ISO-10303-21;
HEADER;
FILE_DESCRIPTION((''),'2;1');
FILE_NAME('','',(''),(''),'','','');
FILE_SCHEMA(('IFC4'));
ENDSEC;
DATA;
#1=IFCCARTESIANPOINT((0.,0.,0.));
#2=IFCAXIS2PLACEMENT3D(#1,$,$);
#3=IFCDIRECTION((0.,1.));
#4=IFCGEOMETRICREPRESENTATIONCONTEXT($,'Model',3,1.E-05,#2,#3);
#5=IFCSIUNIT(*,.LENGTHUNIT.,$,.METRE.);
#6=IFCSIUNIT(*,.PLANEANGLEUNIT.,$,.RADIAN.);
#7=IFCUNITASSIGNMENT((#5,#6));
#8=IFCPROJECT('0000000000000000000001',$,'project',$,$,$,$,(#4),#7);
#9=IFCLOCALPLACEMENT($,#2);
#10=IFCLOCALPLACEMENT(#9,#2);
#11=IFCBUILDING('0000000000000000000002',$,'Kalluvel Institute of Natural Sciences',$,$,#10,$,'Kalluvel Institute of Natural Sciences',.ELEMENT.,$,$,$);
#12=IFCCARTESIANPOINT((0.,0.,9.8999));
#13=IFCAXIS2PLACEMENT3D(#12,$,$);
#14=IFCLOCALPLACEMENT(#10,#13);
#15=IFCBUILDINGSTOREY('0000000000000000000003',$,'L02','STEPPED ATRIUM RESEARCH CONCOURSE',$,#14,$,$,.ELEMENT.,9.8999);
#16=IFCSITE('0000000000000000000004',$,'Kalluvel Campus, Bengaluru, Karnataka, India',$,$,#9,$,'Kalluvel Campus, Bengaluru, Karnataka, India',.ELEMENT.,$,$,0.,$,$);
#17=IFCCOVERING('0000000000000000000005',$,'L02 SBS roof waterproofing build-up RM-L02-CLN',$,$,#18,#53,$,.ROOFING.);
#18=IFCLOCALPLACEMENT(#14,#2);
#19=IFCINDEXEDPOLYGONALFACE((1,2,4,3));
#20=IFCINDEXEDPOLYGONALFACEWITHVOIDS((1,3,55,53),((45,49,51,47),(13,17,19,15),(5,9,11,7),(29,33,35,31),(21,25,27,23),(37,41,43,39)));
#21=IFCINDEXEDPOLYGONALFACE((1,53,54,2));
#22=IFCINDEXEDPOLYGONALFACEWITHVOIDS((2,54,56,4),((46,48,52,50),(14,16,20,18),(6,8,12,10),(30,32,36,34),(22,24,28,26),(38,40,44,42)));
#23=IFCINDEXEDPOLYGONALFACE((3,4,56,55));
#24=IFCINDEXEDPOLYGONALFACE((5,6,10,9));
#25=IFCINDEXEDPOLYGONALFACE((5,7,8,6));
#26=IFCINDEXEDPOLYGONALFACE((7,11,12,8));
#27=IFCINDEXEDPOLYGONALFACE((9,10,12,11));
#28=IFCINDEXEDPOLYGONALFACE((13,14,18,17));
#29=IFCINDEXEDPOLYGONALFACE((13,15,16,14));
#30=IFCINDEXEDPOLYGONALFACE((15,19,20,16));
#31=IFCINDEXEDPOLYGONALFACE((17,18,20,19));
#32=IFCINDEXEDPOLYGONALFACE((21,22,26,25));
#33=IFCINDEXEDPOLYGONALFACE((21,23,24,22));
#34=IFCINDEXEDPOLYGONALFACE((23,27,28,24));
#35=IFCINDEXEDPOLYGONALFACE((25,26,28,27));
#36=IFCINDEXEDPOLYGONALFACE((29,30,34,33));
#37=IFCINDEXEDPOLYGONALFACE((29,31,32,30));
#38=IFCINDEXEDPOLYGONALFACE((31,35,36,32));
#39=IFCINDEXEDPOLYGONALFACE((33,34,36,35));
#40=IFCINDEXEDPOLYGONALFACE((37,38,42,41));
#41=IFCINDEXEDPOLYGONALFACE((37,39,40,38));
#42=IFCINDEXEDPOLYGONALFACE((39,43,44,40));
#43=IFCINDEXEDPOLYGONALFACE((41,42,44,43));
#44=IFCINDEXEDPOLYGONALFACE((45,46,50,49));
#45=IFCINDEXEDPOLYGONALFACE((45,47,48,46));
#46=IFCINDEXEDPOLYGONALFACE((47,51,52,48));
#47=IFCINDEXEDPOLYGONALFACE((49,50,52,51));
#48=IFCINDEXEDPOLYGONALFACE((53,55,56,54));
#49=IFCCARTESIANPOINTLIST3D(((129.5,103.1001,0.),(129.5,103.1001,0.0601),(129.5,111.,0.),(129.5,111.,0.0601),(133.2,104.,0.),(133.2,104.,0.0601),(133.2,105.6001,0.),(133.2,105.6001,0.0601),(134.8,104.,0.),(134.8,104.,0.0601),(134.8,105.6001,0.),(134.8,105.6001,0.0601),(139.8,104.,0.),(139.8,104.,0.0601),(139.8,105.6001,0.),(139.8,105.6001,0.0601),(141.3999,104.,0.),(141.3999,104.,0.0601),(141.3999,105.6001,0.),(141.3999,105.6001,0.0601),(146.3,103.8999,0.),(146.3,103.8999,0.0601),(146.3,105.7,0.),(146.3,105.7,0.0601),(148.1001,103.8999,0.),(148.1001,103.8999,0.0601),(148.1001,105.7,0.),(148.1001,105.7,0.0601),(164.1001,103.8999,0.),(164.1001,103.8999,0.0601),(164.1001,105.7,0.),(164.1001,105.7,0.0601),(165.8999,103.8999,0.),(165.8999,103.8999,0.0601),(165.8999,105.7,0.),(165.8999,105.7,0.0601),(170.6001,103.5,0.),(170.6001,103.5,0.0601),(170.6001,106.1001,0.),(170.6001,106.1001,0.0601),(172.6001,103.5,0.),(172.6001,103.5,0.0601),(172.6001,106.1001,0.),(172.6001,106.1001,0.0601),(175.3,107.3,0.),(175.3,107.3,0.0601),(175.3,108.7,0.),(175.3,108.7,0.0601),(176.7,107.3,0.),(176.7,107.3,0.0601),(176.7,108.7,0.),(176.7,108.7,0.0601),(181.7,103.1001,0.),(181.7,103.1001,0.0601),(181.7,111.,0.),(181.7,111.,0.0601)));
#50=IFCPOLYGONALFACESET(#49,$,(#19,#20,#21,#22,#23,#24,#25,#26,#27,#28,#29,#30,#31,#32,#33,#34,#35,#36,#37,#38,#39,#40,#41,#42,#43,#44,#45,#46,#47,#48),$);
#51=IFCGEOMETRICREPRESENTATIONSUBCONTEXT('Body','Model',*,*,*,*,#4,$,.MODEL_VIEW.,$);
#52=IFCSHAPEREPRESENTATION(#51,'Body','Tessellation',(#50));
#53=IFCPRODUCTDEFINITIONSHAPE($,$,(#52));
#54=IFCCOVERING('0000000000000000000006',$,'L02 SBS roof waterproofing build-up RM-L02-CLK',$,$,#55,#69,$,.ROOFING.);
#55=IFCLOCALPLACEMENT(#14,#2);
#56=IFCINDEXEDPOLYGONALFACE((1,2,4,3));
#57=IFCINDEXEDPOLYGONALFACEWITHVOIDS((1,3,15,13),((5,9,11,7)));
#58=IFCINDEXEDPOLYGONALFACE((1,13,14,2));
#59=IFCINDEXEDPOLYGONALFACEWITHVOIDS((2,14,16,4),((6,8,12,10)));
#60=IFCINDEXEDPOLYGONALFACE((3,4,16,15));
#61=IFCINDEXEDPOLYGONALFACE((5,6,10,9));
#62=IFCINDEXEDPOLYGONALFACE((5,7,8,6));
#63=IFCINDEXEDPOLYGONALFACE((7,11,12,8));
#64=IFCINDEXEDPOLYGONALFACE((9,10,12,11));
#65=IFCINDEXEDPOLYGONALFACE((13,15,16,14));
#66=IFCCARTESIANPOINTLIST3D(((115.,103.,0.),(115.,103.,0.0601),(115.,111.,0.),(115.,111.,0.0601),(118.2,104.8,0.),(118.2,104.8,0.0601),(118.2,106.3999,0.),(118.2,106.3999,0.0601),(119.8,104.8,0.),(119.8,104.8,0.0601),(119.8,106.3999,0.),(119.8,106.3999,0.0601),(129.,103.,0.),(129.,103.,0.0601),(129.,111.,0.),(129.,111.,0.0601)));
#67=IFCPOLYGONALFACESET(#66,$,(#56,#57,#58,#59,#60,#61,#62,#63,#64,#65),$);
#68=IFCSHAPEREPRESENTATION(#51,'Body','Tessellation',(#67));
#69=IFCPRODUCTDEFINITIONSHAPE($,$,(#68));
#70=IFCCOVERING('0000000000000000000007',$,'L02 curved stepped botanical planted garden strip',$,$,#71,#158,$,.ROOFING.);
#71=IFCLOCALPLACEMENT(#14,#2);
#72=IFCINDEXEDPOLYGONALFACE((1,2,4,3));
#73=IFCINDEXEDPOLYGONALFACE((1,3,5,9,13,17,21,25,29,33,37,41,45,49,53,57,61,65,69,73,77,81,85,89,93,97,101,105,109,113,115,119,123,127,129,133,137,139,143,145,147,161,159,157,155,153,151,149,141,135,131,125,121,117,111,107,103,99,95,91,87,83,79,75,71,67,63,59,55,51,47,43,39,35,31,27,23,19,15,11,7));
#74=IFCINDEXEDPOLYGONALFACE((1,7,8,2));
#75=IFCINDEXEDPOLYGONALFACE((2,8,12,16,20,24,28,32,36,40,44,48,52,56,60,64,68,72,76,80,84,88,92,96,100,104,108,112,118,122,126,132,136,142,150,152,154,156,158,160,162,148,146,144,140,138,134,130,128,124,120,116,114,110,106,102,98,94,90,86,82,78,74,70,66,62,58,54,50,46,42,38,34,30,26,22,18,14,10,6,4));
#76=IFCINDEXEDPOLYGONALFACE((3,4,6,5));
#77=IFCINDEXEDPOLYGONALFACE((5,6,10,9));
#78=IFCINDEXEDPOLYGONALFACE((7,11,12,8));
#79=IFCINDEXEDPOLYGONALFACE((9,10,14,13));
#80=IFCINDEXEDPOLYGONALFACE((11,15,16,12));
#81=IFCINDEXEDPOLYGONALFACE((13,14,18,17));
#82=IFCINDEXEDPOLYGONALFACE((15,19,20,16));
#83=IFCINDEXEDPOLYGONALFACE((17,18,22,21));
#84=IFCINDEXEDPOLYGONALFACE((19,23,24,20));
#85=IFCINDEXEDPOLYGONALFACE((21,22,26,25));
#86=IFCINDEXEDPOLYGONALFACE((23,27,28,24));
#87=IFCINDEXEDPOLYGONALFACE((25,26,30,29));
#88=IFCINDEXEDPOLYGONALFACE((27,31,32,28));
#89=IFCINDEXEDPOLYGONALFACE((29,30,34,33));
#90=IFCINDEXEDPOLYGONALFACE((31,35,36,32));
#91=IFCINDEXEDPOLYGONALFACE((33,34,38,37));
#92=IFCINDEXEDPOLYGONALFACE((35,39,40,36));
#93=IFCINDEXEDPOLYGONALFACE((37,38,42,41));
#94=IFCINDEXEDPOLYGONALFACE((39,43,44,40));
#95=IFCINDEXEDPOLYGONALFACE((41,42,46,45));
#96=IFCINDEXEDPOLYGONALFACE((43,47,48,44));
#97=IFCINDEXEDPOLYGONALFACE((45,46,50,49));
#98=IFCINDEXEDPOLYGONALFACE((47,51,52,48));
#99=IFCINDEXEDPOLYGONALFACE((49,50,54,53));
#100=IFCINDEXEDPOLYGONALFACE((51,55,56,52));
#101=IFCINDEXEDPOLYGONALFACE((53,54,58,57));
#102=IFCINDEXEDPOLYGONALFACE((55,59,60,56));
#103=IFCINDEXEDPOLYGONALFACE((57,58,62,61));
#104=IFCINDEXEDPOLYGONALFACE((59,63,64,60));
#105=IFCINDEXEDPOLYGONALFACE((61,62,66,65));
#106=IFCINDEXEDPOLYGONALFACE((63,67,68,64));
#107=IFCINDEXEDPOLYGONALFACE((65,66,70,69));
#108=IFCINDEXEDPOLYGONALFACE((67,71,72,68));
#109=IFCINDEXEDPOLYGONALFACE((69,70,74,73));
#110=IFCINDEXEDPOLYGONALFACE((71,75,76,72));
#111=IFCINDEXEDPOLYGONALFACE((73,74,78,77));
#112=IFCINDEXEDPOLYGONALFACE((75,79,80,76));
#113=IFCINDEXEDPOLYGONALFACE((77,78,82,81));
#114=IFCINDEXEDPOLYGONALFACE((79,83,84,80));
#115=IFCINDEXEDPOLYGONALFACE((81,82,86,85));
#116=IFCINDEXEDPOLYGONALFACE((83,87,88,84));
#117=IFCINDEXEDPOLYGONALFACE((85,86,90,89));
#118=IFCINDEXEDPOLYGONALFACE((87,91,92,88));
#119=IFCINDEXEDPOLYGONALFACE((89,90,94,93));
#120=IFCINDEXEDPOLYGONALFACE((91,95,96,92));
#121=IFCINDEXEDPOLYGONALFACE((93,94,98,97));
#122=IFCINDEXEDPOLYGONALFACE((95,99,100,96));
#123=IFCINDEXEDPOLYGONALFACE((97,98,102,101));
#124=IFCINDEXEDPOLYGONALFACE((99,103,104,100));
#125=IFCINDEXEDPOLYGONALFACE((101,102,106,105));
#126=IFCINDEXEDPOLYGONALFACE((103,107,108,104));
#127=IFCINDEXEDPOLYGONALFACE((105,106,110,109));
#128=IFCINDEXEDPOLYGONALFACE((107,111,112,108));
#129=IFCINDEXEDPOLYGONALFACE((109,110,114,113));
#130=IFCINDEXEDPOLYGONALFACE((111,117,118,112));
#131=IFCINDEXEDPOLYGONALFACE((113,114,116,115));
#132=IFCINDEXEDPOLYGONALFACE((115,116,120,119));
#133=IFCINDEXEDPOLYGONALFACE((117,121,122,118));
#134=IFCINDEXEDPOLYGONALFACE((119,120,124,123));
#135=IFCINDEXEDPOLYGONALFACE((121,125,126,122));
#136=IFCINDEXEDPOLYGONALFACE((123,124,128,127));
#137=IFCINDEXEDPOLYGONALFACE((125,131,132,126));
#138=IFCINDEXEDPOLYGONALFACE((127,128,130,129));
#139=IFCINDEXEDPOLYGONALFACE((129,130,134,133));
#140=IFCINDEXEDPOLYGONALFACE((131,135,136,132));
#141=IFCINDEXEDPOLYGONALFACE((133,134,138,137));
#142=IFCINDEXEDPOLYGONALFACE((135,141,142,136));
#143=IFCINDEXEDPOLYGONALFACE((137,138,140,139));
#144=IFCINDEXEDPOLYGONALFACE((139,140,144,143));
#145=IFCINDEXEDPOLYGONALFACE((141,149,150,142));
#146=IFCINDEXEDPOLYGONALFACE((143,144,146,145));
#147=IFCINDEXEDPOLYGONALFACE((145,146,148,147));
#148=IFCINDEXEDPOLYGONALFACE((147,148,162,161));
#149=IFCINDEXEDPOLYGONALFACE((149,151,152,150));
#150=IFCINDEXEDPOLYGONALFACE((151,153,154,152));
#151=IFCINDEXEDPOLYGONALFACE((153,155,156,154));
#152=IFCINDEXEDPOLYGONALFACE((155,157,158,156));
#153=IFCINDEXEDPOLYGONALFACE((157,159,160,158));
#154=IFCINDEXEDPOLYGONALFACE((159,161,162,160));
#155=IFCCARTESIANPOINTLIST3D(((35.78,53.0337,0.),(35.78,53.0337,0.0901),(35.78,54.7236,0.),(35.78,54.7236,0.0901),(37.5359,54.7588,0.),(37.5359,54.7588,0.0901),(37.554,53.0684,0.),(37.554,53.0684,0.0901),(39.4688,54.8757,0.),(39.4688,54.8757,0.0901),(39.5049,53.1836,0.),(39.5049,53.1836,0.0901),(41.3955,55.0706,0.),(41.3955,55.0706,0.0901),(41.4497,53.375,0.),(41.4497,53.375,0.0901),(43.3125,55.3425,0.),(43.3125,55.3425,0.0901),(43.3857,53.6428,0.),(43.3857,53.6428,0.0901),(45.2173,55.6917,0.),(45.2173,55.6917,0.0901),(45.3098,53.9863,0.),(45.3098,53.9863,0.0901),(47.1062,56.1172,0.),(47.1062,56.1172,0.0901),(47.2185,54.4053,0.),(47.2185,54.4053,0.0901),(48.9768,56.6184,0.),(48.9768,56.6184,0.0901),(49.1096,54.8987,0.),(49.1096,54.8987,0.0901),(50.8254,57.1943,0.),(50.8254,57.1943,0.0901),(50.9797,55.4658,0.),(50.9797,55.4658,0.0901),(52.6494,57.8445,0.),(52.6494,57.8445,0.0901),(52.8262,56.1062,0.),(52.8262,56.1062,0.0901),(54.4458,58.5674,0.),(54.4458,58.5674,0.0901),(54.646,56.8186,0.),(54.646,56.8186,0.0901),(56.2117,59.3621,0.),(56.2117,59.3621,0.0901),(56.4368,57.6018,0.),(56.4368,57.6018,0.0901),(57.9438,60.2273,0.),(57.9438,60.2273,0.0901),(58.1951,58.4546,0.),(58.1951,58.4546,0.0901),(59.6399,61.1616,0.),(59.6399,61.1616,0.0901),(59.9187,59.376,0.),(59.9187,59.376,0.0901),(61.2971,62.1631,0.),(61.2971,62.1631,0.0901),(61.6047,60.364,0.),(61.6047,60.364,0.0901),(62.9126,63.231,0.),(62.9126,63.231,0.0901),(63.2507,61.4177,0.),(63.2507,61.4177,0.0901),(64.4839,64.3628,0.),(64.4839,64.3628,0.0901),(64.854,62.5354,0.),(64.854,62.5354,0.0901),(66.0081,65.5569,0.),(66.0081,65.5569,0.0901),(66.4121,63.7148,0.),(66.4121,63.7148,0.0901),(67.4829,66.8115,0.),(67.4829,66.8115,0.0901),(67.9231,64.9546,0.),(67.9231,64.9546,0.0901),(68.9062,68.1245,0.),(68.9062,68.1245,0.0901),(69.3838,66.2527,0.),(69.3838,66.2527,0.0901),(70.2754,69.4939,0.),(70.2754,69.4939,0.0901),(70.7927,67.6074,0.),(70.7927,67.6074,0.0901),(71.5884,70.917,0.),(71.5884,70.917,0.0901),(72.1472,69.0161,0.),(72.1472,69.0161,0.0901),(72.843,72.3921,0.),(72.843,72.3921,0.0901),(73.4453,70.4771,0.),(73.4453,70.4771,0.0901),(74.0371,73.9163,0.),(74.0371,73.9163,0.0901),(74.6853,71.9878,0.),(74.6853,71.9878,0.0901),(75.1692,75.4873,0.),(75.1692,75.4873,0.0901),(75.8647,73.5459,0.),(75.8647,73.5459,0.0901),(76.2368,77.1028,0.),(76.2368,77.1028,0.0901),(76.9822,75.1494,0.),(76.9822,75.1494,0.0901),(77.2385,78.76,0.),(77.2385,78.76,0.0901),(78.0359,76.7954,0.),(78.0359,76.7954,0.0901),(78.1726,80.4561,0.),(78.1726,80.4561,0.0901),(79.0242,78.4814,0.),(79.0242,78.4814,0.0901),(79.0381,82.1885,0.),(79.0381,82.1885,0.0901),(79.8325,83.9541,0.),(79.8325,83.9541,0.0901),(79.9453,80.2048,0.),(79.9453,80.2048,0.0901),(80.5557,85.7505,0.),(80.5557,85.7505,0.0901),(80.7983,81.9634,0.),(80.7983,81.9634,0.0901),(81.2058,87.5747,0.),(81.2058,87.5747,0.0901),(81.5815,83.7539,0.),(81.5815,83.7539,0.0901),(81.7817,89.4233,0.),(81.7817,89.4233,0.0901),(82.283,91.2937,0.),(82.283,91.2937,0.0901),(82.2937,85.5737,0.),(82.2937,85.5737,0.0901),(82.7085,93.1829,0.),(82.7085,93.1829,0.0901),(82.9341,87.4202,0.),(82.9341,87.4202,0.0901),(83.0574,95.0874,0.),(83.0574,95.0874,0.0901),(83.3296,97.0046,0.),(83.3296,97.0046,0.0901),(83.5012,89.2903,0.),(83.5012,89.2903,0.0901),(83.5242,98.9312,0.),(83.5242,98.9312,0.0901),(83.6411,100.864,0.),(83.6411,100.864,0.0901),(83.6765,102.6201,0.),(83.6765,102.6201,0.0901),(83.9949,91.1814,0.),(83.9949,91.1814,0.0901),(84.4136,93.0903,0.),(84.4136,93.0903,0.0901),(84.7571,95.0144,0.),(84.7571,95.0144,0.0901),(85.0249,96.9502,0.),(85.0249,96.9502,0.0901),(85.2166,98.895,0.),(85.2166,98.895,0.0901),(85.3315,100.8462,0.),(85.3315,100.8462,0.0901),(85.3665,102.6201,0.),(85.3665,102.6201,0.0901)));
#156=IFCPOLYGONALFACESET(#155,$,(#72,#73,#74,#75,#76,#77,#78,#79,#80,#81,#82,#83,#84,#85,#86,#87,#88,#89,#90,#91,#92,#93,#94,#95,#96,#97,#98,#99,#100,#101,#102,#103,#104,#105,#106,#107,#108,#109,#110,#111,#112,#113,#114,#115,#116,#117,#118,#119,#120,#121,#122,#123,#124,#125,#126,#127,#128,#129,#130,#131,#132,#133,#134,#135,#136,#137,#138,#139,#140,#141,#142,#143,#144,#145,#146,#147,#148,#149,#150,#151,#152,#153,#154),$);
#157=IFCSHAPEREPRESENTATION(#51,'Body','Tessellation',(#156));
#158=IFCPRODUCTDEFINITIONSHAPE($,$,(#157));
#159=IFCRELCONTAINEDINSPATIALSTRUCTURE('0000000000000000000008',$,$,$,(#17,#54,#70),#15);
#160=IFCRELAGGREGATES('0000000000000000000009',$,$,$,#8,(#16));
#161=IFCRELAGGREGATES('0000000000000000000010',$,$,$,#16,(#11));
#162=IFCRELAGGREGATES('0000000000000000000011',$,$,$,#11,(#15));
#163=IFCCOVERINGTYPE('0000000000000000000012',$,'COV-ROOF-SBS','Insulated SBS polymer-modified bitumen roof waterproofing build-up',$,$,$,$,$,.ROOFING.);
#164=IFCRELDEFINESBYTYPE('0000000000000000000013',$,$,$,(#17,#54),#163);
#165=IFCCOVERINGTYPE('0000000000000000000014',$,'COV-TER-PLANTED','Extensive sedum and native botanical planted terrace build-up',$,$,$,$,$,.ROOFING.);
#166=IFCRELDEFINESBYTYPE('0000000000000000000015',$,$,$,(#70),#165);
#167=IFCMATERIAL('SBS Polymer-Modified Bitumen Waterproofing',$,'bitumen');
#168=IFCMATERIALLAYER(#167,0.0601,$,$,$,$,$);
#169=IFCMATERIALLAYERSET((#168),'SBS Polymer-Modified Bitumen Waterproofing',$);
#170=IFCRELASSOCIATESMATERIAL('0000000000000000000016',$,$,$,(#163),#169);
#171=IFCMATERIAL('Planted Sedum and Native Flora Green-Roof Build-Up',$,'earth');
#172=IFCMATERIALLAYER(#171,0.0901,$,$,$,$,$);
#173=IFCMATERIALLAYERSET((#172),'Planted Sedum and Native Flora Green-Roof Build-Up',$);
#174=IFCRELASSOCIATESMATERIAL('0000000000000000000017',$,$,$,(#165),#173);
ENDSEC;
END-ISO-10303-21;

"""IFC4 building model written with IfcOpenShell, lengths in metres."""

from ifc_helpers import new_model, si_unit, direction, frame, origin, place, context, subcontext, project, spatial, polyline, outline, extrude, material, layer, layer_set, type_object, element, save


model = new_model("IFC4")

# Units and contexts
model_context = context("Model", 3, precision=1e-05, world=origin(), true_north=direction((0.0, 1.0)))
body_context = subcontext(model_context, "Body", "Model", "MODEL_VIEW")
ifc_project = project(units=[si_unit("LENGTHUNIT", "METRE"), si_unit("PLANEANGLEUNIT", "RADIAN")], contexts=[model_context])

# Site, building, storey
site_placement = place(None, origin())
site = spatial("IfcSite", under=ifc_project, at=site_placement, Name="Kalluvel Campus, Bengaluru, Karnataka, India", LongName="Kalluvel Campus, Bengaluru, Karnataka, India", CompositionType="ELEMENT", RefElevation=0.0)
building_placement = place(site_placement, origin())
building = spatial("IfcBuilding", under=site, at=building_placement, Name="Kalluvel Institute of Natural Sciences", LongName="Kalluvel Institute of Natural Sciences", CompositionType="ELEMENT")
storey_placement = place(building_placement, frame((0.0, 0.0, 9.8999)))
storey = spatial("IfcBuildingStorey", under=building, at=storey_placement, Name="L02", Description="STEPPED ATRIUM RESEARCH CONCOURSE", CompositionType="ELEMENT", Elevation=9.8999)

# Coverings
ifc_material_1 = material(Name="SBS Polymer-Modified Bitumen Waterproofing", Category="bitumen")
ifc_layer_1 = layer(ifc_material_1, 0.0601)
ifc_layer_set_1 = layer_set([ifc_layer_1], Name="SBS Polymer-Modified Bitumen Waterproofing")
covering_type_1 = type_object("IfcCoveringType", Name="COV-ROOF-SBS", Description="Insulated SBS polymer-modified bitumen roof waterproofing build-up", PredefinedType="ROOFING", material=ifc_layer_set_1)
covering_1_placement = place(storey_placement, origin())
element("IfcCovering", 1, at=covering_1_placement, inside=storey, type_object=covering_type_1, Name="L02 SBS roof waterproofing build-up RM-L02-CLN", PredefinedType="ROOFING", context=body_context, shape_type="SweptSolid", body=[
    extrude(outline(polyline([(129.5, 103.1001), (181.7, 103.1001), (181.7, 111.0), (129.5, 111.0), (129.5, 103.1001)]), holes=[polyline([(133.2, 104.0), (134.8, 104.0), (134.8, 105.6001), (133.2, 105.6001), (133.2, 104.0)]), polyline([(139.8, 104.0), (141.3999, 104.0), (141.3999, 105.6001), (139.8, 105.6001), (139.8, 104.0)]), polyline([(146.3, 103.8999), (148.1001, 103.8999), (148.1001, 105.7), (146.3, 105.7), (146.3, 103.8999)]), polyline([(164.1001, 103.8999), (165.8999, 103.8999), (165.8999, 105.7), (164.1001, 105.7), (164.1001, 103.8999)]), polyline([(170.6001, 103.5), (172.6001, 103.5), (172.6001, 106.1001), (170.6001, 106.1001), (170.6001, 103.5)]), polyline([(175.3, 107.3), (176.7, 107.3), (176.7, 108.7), (175.3, 108.7), (175.3, 107.3)])]), origin(), (0.0, 0.0, 1.0), 0.0601),
])
covering_2_placement = place(storey_placement, origin())
element("IfcCovering", 2, at=covering_2_placement, inside=storey, type_object=covering_type_1, Name="L02 SBS roof waterproofing build-up RM-L02-CLK", PredefinedType="ROOFING", context=body_context, shape_type="SweptSolid", body=[
    extrude(outline(polyline([(115.0, 103.0), (129.0, 103.0), (129.0, 111.0), (115.0, 111.0), (115.0, 103.0)]), holes=[polyline([(118.2, 104.8), (119.8, 104.8), (119.8, 106.3999), (118.2, 106.3999), (118.2, 104.8)])]), origin(), (0.0, 0.0, 1.0), 0.0601),
])
ifc_material_2 = material(Name="Planted Sedum and Native Flora Green-Roof Build-Up", Category="earth")
ifc_layer_2 = layer(ifc_material_2, 0.0901)
ifc_layer_set_2 = layer_set([ifc_layer_2], Name="Planted Sedum and Native Flora Green-Roof Build-Up")
covering_type_2 = type_object("IfcCoveringType", Name="COV-TER-PLANTED", Description="Extensive sedum and native botanical planted terrace build-up", PredefinedType="ROOFING", material=ifc_layer_set_2)
covering_3_placement = place(storey_placement, origin())
element("IfcCovering", 3, at=covering_3_placement, inside=storey, type_object=covering_type_2, Name="L02 curved stepped botanical planted garden strip", PredefinedType="ROOFING", context=body_context, shape_type="SweptSolid", body=[
    extrude(outline(polyline([(35.78, 53.0337), (35.78, 54.7236), (37.5359, 54.7588), (39.4688, 54.8757), (41.3955, 55.0706), (43.3125, 55.3425), (45.2173, 55.6917), (47.1062, 56.1172), (48.9768, 56.6184), (50.8254, 57.1943), (52.6494, 57.8445), (54.4458, 58.5674), (56.2117, 59.3621), (57.9438, 60.2273), (59.6399, 61.1616), (61.2971, 62.1631), (62.9126, 63.231), (64.4839, 64.3628), (66.0081, 65.5569), (67.4829, 66.8115), (68.9062, 68.1245), (70.2754, 69.4939), (71.5884, 70.917), (72.843, 72.3921), (74.0371, 73.9163), (75.1692, 75.4873), (76.2368, 77.1028), (77.2385, 78.76), (78.1726, 80.4561), (79.0381, 82.1885), (79.8325, 83.9541), (80.5557, 85.7505), (81.2058, 87.5747), (81.7817, 89.4233), (82.283, 91.2937), (82.7085, 93.1829), (83.0574, 95.0874), (83.3296, 97.0046), (83.5242, 98.9312), (83.6411, 100.864), (83.6765, 102.6201), (85.3665, 102.6201), (85.3315, 100.8462), (85.2166, 98.895), (85.0249, 96.9502), (84.7571, 95.0144), (84.4136, 93.0903), (83.9949, 91.1814), (83.5012, 89.2903), (82.9341, 87.4202), (82.2937, 85.5737), (81.5815, 83.7539), (80.7983, 81.9634), (79.9453, 80.2048), (79.0242, 78.4814), (78.0359, 76.7954), (76.9822, 75.1494), (75.8647, 73.5459), (74.6853, 71.9878), (73.4453, 70.4771), (72.1472, 69.0161), (70.7927, 67.6074), (69.3838, 66.2527), (67.9231, 64.9546), (66.4121, 63.7148), (64.854, 62.5354), (63.2507, 61.4177), (61.6047, 60.364), (59.9187, 59.376), (58.1951, 58.4546), (56.4368, 57.6018), (54.646, 56.8186), (52.8262, 56.1062), (50.9797, 55.4658), (49.1096, 54.8987), (47.2185, 54.4053), (45.3098, 53.9863), (43.3857, 53.6428), (41.4497, 53.375), (39.5049, 53.1836), (37.554, 53.0684), (35.78, 53.0337)])), origin(), (0.0, 0.0, 1.0), 0.0901),
])

save(model, "model.ifc")
